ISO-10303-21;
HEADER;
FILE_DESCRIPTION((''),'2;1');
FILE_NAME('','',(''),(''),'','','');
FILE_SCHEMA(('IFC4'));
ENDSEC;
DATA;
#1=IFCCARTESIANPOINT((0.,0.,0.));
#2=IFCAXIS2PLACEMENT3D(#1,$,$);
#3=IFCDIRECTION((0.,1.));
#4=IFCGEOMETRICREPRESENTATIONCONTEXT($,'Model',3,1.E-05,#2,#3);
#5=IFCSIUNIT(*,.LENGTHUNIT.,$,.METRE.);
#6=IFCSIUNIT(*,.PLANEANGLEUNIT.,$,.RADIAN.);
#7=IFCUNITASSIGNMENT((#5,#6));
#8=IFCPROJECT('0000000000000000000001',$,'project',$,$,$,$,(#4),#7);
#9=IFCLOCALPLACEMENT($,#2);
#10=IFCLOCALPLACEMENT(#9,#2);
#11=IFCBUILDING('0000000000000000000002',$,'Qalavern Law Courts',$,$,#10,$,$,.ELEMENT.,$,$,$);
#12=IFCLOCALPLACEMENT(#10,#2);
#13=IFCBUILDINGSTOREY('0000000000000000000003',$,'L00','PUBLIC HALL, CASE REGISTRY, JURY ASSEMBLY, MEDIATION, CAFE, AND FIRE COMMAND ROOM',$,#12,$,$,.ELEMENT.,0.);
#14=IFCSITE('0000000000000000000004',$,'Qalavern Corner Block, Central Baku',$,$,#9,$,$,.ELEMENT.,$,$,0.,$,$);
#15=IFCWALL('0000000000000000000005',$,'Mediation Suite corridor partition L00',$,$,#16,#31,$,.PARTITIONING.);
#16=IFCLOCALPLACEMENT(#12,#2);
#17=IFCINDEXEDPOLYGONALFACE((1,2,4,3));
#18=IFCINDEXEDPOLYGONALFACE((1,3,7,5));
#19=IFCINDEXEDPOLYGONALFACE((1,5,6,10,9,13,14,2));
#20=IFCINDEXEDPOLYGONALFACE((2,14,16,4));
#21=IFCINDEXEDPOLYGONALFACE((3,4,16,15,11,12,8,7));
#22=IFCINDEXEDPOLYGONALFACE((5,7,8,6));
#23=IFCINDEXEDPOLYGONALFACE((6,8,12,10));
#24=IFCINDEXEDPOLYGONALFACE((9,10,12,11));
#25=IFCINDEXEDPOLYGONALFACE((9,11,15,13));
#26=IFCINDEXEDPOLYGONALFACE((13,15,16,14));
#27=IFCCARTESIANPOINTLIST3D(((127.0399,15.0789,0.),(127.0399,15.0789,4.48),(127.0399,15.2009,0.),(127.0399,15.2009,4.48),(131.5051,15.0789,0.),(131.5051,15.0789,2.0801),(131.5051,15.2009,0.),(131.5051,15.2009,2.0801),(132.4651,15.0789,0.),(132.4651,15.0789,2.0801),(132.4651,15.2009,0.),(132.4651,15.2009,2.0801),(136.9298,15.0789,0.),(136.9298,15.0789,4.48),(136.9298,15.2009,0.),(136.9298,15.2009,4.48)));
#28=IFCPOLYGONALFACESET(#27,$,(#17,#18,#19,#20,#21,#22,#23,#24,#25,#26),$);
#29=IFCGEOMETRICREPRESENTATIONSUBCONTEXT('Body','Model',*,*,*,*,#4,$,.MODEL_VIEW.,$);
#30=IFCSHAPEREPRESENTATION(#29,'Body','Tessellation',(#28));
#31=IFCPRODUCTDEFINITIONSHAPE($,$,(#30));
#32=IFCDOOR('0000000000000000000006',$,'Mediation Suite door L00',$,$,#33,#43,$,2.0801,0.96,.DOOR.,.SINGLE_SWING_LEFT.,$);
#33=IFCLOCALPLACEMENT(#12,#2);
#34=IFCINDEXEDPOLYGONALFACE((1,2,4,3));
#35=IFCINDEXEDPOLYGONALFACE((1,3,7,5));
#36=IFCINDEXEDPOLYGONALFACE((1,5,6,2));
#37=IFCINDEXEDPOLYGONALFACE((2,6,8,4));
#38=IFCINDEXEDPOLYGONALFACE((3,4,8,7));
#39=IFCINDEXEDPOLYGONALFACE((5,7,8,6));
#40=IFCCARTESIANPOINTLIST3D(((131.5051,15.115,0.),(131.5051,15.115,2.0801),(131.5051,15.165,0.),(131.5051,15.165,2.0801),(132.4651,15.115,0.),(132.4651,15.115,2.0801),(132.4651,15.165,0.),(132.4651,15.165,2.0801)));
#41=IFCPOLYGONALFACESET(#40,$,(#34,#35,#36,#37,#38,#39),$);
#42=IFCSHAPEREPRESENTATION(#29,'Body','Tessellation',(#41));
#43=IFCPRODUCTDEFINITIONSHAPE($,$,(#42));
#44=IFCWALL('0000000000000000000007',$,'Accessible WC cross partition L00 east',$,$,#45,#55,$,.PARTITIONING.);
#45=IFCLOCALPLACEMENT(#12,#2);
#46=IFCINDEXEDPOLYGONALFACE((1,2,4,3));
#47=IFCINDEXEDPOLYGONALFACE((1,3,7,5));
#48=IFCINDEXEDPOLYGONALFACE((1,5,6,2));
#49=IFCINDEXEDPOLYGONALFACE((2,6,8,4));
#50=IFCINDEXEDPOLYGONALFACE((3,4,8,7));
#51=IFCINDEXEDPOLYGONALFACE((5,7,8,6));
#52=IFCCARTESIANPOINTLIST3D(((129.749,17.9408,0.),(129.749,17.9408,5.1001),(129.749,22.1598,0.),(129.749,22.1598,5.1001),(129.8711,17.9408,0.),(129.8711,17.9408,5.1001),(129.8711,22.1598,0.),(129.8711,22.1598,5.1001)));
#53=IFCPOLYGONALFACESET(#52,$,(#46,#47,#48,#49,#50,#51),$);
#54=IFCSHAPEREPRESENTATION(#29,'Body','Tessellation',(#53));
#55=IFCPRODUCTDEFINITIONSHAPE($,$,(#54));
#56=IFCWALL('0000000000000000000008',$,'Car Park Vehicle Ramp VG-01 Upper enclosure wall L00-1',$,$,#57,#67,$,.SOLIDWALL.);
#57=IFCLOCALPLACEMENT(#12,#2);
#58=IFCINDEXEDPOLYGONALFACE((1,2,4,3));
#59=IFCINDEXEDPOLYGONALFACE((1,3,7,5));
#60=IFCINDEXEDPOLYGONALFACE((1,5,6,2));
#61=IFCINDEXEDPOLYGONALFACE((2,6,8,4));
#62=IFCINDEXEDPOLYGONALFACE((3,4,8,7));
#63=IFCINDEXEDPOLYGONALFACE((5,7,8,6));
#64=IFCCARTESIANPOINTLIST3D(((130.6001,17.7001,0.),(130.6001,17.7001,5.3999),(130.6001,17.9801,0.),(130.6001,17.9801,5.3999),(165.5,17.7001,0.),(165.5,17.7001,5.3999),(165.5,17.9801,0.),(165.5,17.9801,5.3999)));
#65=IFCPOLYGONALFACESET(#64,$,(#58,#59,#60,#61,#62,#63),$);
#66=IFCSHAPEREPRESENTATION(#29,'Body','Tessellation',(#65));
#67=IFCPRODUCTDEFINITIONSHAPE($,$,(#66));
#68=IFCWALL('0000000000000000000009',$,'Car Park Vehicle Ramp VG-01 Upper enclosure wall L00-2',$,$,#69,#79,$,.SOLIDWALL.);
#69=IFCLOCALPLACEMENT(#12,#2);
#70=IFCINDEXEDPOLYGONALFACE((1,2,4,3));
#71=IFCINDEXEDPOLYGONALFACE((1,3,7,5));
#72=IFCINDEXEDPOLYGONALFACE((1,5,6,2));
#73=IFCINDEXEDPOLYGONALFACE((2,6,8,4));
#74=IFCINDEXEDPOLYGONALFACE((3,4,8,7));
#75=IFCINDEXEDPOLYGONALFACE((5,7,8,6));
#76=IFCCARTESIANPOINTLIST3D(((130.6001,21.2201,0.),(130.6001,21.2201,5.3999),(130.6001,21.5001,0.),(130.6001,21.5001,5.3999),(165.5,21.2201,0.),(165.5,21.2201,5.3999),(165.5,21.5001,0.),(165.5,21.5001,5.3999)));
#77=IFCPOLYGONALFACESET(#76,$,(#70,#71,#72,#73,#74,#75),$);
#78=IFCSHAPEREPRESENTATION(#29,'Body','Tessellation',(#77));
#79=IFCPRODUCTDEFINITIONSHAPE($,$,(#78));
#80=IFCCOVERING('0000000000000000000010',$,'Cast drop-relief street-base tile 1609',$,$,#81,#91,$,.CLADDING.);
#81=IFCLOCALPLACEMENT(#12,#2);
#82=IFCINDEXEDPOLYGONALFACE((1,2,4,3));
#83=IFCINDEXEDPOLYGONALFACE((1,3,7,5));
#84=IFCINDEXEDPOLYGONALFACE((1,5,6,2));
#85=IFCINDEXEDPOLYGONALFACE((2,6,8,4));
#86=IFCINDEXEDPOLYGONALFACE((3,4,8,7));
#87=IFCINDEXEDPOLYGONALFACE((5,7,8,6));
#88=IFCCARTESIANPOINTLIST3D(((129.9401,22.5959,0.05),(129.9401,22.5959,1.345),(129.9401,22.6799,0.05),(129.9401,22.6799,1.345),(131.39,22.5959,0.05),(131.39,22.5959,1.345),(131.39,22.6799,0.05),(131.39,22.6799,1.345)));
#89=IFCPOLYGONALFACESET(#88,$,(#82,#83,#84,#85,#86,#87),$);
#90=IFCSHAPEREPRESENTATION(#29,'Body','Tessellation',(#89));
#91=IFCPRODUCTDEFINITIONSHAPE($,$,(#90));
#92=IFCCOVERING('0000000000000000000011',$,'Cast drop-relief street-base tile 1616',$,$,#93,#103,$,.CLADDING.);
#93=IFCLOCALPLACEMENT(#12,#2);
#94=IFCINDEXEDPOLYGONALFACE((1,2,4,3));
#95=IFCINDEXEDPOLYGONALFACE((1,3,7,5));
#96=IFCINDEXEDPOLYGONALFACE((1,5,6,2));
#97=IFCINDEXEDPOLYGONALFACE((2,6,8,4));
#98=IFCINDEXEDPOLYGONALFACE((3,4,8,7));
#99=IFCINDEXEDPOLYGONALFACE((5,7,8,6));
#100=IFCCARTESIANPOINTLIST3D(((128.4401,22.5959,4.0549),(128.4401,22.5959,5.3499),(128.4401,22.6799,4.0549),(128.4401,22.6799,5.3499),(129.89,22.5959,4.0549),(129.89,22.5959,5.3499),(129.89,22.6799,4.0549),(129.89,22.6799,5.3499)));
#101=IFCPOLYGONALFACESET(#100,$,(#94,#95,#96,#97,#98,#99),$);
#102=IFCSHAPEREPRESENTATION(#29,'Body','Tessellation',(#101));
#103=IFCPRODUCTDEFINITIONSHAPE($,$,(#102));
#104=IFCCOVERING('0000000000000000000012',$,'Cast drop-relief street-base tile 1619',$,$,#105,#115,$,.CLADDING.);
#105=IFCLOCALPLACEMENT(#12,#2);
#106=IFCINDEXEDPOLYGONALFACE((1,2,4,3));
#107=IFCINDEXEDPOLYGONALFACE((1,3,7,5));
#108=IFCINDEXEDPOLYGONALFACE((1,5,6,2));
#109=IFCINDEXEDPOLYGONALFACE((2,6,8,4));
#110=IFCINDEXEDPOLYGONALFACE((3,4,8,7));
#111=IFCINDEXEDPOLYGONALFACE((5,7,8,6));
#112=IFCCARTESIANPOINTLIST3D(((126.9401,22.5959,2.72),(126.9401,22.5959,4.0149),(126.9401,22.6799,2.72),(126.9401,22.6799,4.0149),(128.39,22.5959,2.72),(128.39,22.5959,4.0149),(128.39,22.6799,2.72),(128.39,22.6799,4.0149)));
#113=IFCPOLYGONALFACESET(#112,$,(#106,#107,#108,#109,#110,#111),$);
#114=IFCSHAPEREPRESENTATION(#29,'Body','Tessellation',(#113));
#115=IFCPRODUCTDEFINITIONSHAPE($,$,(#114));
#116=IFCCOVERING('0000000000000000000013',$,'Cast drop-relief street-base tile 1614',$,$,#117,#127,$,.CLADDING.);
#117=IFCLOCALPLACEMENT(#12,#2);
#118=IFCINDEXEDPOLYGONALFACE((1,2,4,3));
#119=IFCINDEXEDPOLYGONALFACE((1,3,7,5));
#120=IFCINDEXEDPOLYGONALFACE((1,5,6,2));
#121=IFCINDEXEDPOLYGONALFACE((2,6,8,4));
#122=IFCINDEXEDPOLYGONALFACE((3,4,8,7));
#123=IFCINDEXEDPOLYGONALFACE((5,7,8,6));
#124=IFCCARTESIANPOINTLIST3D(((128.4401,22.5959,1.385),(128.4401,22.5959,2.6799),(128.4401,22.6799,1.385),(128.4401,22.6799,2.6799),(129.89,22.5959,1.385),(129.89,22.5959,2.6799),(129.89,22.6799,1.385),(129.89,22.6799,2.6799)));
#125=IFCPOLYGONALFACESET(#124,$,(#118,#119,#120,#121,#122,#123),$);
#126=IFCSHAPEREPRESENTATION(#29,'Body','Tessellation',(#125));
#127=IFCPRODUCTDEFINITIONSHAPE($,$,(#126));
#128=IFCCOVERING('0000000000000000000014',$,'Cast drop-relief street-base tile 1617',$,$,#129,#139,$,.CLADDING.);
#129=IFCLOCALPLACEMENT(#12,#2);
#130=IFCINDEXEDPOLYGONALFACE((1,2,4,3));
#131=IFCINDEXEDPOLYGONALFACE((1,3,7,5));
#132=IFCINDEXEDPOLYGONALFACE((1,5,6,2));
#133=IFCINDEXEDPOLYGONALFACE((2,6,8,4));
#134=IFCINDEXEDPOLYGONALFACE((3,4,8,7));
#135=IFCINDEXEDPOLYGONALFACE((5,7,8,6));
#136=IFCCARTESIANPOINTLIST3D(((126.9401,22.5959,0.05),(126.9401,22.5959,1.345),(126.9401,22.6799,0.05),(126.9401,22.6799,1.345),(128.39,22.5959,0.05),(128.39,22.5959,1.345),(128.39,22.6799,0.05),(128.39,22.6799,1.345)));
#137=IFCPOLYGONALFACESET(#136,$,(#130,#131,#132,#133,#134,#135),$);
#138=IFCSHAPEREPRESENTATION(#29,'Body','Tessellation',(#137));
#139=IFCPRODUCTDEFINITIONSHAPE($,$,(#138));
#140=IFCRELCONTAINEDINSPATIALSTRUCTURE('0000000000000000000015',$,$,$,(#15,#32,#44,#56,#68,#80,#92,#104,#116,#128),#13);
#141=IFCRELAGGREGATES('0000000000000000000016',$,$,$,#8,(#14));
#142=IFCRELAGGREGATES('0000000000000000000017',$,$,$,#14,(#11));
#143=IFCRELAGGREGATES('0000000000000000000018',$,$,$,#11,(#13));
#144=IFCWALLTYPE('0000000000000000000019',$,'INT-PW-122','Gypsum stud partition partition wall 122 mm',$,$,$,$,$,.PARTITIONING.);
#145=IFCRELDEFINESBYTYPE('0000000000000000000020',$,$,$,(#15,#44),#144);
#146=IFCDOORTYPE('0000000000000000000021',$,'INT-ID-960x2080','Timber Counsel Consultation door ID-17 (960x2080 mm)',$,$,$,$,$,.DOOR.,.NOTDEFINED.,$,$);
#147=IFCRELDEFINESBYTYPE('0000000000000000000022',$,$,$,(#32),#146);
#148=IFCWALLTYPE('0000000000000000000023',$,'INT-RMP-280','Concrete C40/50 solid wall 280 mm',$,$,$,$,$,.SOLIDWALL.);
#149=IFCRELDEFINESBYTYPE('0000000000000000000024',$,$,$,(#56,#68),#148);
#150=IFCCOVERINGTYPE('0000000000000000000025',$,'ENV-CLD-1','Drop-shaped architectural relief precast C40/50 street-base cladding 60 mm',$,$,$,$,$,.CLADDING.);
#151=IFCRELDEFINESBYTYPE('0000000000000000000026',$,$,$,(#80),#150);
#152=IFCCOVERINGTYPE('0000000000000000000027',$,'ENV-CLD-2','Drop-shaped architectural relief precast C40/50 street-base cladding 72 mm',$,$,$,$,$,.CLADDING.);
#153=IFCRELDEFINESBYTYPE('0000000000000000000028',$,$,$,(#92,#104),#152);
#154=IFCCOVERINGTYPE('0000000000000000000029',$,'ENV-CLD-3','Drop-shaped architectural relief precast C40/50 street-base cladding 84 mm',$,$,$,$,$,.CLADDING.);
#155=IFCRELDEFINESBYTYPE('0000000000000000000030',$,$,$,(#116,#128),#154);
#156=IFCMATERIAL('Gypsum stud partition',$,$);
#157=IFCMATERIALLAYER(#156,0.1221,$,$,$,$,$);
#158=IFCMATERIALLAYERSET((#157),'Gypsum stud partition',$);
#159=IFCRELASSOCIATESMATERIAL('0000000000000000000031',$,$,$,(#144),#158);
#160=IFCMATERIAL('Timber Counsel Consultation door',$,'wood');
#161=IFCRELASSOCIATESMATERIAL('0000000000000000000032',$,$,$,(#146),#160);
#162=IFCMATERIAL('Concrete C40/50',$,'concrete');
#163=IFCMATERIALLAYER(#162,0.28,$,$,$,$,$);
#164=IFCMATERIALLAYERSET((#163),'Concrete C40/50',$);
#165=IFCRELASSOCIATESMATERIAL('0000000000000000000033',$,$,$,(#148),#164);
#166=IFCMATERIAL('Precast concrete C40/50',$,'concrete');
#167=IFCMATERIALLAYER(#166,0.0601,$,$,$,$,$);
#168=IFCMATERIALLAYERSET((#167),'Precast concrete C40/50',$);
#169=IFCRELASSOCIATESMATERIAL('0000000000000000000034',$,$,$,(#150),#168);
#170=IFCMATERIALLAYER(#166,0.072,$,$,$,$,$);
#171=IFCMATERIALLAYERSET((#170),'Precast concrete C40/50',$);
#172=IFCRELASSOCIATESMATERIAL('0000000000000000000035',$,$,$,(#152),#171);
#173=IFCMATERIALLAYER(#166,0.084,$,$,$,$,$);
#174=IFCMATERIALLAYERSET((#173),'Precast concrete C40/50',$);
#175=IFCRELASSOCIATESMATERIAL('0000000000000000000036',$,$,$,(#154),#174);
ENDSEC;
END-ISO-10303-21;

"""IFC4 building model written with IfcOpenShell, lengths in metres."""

from ifc_helpers import new_model, si_unit, direction, frame, frame_2d, origin, origin_2d, place, context, subcontext, project, spatial, rectangle, extrude, material, layer, layer_set, type_object, element, fill, save


model = new_model("IFC4")

# Units and contexts
model_context = context("Model", 3, precision=1e-05, world=origin(), true_north=direction((0.0, 1.0)))
body_context = subcontext(model_context, "Body", "Model", "MODEL_VIEW")
ifc_project = project(units=[si_unit("LENGTHUNIT", "METRE"), si_unit("PLANEANGLEUNIT", "RADIAN")], contexts=[model_context])

# Site, building, storey
site_placement = place(None, origin())
site = spatial("IfcSite", under=ifc_project, at=site_placement, Name="Qalavern Corner Block, Central Baku", CompositionType="ELEMENT", RefElevation=0.0)
building_placement = place(site_placement, origin())
building = spatial("IfcBuilding", under=site, at=building_placement, Name="Qalavern Law Courts", CompositionType="ELEMENT")
storey_placement = place(building_placement, origin())
storey = spatial("IfcBuildingStorey", under=building, at=storey_placement, Name="L00", Description="PUBLIC HALL, CASE REGISTRY, JURY ASSEMBLY, MEDIATION, CAFE, AND FIRE COMMAND ROOM", CompositionType="ELEMENT", Elevation=0.0)

# Shared definitions
ifc_material_1 = material(Name="Concrete C40/50", Category="concrete")

# Wall, opening, door
ifc_material_2 = material(Name="Gypsum stud partition")
ifc_layer_1 = layer(ifc_material_2, 0.1221)
ifc_layer_set_1 = layer_set([ifc_layer_1], Name="Gypsum stud partition")
wall_type_1 = type_object("IfcWallType", Name="INT-PW-122", Description="Gypsum stud partition partition wall 122 mm", PredefinedType="PARTITIONING", material=ifc_layer_set_1)
wall_1_placement = place(storey_placement, frame((127.04, 15.1399, 0.0), z_axis=(0.0, 0.0, 1.0), x_axis=(1.0, 0.0, 0.0)))
wall_1 = element("IfcWall", 1, at=wall_1_placement, inside=storey, type_object=wall_type_1, Name="Mediation Suite corridor partition L00", PredefinedType="PARTITIONING", context=body_context, shape_type="SweptSolid", body=[
    extrude(rectangle(XDim=9.8899, YDim=0.1221, at=frame_2d((4.9448, 0.0))), origin(), (0.0, 0.0, 1.0), 4.48),
])
opening_placement = place(wall_1_placement, frame((4.4651, 0.0, 0.0)))
opening = element("IfcOpeningElement", 2, at=opening_placement, cuts=wall_1, PredefinedType="OPENING", context=body_context, shape_type="SweptSolid", body=[
    extrude(rectangle(XDim=0.96, YDim=2.0801, at=frame_2d((0.48, 1.04))), frame((0.0, 0.0759, 0.0), z_axis=(0.0, -1.0, 0.0), x_axis=(1.0, 0.0, 0.0)), (0.0, 0.0, 1.0), 0.1519),
])
ifc_material_3 = material(Name="Timber Counsel Consultation door", Category="wood")
door_type = type_object("IfcDoorType", Name="INT-ID-960x2080", Description="Timber Counsel Consultation door ID-17 (960x2080 mm)", OperationType="NOTDEFINED", PredefinedType="DOOR", material=ifc_material_3)
door_placement = place(opening_placement, frame((0.96, 0.0, 0.0), z_axis=(0.0, 0.0, 1.0), x_axis=(-1.0, 0.0, 0.0)))
door = element("IfcDoor", 3, at=door_placement, inside=storey, type_object=door_type, Name="Mediation Suite door L00", OperationType="SINGLE_SWING_LEFT", OverallHeight=2.0801, OverallWidth=0.96, PredefinedType="DOOR", context=body_context, shape_type="SweptSolid", body=[
    extrude(rectangle(XDim=0.96, YDim=2.0801, at=frame_2d((0.48, 1.04))), frame((0.0, 0.0249, 0.0), z_axis=(0.0, -1.0, 0.0), x_axis=(1.0, 0.0, 0.0)), (0.0, 0.0, 1.0), 0.05),
])
fill(opening, door)

# Walls
wall_2_placement = place(storey_placement, frame((129.8101, 17.9409, 0.0), z_axis=(0.0, 0.0, 1.0), x_axis=(0.0, 1.0, 0.0)))
element("IfcWall", 4, at=wall_2_placement, inside=storey, type_object=wall_type_1, Name="Accessible WC cross partition L00 east", PredefinedType="PARTITIONING", context=body_context, shape_type="SweptSolid", body=[
    extrude(rectangle(XDim=4.219, YDim=0.1221, at=frame_2d((2.1094, 0.0))), origin(), (0.0, 0.0, 1.0), 5.1001),
])
ifc_layer_2 = layer(ifc_material_1, 0.28)
ifc_layer_set_2 = layer_set([ifc_layer_2], Name="Concrete C40/50")
wall_type_2 = type_object("IfcWallType", Name="INT-RMP-280", Description="Concrete C40/50 solid wall 280 mm", PredefinedType="SOLIDWALL", material=ifc_layer_set_2)
for number, where, z_axis, x_axis, name in (
    (5, (130.6001, 17.8401, 0.0), (0.0, 0.0, 1.0), (1.0, 0.0, 0.0), "Car Park Vehicle Ramp VG-01 Upper enclosure wall L00-1"),
    (6, (130.6001, 21.3601, 0.0), (0.0, 0.0, 1.0), (1.0, 0.0, 0.0), "Car Park Vehicle Ramp VG-01 Upper enclosure wall L00-2"),
):
    element("IfcWall", number, at=place(storey_placement, frame(where, z_axis=z_axis, x_axis=x_axis)), inside=storey, type_object=wall_type_2, Name=name, PredefinedType="SOLIDWALL", context=body_context, shape_type="SweptSolid", body=[
        extrude(rectangle(XDim=34.8999, YDim=0.28, at=frame_2d((17.45, 0.0))), origin(), (0.0, 0.0, 1.0), 5.3999),
    ])

# Coverings
ifc_material_4 = material(Name="Precast concrete C40/50", Category="concrete")
ifc_layer_3 = layer(ifc_material_4, 0.0601)
ifc_layer_set_3 = layer_set([ifc_layer_3], Name="Precast concrete C40/50")
covering_type_1 = type_object("IfcCoveringType", Name="ENV-CLD-1", Description="Drop-shaped architectural relief precast C40/50 street-base cladding 60 mm", PredefinedType="CLADDING", material=ifc_layer_set_3)
covering_placement = place(storey_placement, frame((130.665, 22.6379, 0.05), z_axis=(0.0, 0.0, 1.0), x_axis=(-1.0, 0.0, 0.0)))
element("IfcCovering", 7, at=covering_placement, inside=storey, type_object=covering_type_1, Name="Cast drop-relief street-base tile 1609", PredefinedType="CLADDING", context=body_context, shape_type="SweptSolid", body=[
    extrude(rectangle(XDim=1.45, YDim=0.084, at=origin_2d()), origin(), (0.0, 0.0, 1.0), 1.2949),
])
ifc_layer_4 = layer(ifc_material_4, 0.072)
ifc_layer_set_4 = layer_set([ifc_layer_4], Name="Precast concrete C40/50")
covering_type_2 = type_object("IfcCoveringType", Name="ENV-CLD-2", Description="Drop-shaped architectural relief precast C40/50 street-base cladding 72 mm", PredefinedType="CLADDING", material=ifc_layer_set_4)
for number, where, z_axis, x_axis, name in (
    (8, (129.165, 22.6379, 4.0549), (0.0, 0.0, 1.0), (-1.0, 0.0, 0.0), "Cast drop-relief street-base tile 1616"),
    (9, (127.665, 22.6379, 2.72), (0.0, 0.0, 1.0), (-1.0, 0.0, 0.0), "Cast drop-relief street-base tile 1619"),
):
    element("IfcCovering", number, at=place(storey_placement, frame(where, z_axis=z_axis, x_axis=x_axis)), inside=storey, type_object=covering_type_2, Name=name, PredefinedType="CLADDING", context=body_context, shape_type="SweptSolid", body=[
        extrude(rectangle(XDim=1.45, YDim=0.084, at=origin_2d()), origin(), (0.0, 0.0, 1.0), 1.2949),
    ])
ifc_layer_5 = layer(ifc_material_4, 0.084)
ifc_layer_set_5 = layer_set([ifc_layer_5], Name="Precast concrete C40/50")
covering_type_3 = type_object("IfcCoveringType", Name="ENV-CLD-3", Description="Drop-shaped architectural relief precast C40/50 street-base cladding 84 mm", PredefinedType="CLADDING", material=ifc_layer_set_5)
for number, where, z_axis, x_axis, name in (
    (10, (129.165, 22.6379, 1.385), (0.0, 0.0, 1.0), (-1.0, 0.0, 0.0), "Cast drop-relief street-base tile 1614"),
    (11, (127.665, 22.6379, 0.05), (0.0, 0.0, 1.0), (-1.0, 0.0, 0.0), "Cast drop-relief street-base tile 1617"),
):
    element("IfcCovering", number, at=place(storey_placement, frame(where, z_axis=z_axis, x_axis=x_axis)), inside=storey, type_object=covering_type_3, Name=name, PredefinedType="CLADDING", context=body_context, shape_type="SweptSolid", body=[
        extrude(rectangle(XDim=1.45, YDim=0.084, at=origin_2d()), origin(), (0.0, 0.0, 1.0), 1.2949),
    ])

save(model, "model.ifc")
